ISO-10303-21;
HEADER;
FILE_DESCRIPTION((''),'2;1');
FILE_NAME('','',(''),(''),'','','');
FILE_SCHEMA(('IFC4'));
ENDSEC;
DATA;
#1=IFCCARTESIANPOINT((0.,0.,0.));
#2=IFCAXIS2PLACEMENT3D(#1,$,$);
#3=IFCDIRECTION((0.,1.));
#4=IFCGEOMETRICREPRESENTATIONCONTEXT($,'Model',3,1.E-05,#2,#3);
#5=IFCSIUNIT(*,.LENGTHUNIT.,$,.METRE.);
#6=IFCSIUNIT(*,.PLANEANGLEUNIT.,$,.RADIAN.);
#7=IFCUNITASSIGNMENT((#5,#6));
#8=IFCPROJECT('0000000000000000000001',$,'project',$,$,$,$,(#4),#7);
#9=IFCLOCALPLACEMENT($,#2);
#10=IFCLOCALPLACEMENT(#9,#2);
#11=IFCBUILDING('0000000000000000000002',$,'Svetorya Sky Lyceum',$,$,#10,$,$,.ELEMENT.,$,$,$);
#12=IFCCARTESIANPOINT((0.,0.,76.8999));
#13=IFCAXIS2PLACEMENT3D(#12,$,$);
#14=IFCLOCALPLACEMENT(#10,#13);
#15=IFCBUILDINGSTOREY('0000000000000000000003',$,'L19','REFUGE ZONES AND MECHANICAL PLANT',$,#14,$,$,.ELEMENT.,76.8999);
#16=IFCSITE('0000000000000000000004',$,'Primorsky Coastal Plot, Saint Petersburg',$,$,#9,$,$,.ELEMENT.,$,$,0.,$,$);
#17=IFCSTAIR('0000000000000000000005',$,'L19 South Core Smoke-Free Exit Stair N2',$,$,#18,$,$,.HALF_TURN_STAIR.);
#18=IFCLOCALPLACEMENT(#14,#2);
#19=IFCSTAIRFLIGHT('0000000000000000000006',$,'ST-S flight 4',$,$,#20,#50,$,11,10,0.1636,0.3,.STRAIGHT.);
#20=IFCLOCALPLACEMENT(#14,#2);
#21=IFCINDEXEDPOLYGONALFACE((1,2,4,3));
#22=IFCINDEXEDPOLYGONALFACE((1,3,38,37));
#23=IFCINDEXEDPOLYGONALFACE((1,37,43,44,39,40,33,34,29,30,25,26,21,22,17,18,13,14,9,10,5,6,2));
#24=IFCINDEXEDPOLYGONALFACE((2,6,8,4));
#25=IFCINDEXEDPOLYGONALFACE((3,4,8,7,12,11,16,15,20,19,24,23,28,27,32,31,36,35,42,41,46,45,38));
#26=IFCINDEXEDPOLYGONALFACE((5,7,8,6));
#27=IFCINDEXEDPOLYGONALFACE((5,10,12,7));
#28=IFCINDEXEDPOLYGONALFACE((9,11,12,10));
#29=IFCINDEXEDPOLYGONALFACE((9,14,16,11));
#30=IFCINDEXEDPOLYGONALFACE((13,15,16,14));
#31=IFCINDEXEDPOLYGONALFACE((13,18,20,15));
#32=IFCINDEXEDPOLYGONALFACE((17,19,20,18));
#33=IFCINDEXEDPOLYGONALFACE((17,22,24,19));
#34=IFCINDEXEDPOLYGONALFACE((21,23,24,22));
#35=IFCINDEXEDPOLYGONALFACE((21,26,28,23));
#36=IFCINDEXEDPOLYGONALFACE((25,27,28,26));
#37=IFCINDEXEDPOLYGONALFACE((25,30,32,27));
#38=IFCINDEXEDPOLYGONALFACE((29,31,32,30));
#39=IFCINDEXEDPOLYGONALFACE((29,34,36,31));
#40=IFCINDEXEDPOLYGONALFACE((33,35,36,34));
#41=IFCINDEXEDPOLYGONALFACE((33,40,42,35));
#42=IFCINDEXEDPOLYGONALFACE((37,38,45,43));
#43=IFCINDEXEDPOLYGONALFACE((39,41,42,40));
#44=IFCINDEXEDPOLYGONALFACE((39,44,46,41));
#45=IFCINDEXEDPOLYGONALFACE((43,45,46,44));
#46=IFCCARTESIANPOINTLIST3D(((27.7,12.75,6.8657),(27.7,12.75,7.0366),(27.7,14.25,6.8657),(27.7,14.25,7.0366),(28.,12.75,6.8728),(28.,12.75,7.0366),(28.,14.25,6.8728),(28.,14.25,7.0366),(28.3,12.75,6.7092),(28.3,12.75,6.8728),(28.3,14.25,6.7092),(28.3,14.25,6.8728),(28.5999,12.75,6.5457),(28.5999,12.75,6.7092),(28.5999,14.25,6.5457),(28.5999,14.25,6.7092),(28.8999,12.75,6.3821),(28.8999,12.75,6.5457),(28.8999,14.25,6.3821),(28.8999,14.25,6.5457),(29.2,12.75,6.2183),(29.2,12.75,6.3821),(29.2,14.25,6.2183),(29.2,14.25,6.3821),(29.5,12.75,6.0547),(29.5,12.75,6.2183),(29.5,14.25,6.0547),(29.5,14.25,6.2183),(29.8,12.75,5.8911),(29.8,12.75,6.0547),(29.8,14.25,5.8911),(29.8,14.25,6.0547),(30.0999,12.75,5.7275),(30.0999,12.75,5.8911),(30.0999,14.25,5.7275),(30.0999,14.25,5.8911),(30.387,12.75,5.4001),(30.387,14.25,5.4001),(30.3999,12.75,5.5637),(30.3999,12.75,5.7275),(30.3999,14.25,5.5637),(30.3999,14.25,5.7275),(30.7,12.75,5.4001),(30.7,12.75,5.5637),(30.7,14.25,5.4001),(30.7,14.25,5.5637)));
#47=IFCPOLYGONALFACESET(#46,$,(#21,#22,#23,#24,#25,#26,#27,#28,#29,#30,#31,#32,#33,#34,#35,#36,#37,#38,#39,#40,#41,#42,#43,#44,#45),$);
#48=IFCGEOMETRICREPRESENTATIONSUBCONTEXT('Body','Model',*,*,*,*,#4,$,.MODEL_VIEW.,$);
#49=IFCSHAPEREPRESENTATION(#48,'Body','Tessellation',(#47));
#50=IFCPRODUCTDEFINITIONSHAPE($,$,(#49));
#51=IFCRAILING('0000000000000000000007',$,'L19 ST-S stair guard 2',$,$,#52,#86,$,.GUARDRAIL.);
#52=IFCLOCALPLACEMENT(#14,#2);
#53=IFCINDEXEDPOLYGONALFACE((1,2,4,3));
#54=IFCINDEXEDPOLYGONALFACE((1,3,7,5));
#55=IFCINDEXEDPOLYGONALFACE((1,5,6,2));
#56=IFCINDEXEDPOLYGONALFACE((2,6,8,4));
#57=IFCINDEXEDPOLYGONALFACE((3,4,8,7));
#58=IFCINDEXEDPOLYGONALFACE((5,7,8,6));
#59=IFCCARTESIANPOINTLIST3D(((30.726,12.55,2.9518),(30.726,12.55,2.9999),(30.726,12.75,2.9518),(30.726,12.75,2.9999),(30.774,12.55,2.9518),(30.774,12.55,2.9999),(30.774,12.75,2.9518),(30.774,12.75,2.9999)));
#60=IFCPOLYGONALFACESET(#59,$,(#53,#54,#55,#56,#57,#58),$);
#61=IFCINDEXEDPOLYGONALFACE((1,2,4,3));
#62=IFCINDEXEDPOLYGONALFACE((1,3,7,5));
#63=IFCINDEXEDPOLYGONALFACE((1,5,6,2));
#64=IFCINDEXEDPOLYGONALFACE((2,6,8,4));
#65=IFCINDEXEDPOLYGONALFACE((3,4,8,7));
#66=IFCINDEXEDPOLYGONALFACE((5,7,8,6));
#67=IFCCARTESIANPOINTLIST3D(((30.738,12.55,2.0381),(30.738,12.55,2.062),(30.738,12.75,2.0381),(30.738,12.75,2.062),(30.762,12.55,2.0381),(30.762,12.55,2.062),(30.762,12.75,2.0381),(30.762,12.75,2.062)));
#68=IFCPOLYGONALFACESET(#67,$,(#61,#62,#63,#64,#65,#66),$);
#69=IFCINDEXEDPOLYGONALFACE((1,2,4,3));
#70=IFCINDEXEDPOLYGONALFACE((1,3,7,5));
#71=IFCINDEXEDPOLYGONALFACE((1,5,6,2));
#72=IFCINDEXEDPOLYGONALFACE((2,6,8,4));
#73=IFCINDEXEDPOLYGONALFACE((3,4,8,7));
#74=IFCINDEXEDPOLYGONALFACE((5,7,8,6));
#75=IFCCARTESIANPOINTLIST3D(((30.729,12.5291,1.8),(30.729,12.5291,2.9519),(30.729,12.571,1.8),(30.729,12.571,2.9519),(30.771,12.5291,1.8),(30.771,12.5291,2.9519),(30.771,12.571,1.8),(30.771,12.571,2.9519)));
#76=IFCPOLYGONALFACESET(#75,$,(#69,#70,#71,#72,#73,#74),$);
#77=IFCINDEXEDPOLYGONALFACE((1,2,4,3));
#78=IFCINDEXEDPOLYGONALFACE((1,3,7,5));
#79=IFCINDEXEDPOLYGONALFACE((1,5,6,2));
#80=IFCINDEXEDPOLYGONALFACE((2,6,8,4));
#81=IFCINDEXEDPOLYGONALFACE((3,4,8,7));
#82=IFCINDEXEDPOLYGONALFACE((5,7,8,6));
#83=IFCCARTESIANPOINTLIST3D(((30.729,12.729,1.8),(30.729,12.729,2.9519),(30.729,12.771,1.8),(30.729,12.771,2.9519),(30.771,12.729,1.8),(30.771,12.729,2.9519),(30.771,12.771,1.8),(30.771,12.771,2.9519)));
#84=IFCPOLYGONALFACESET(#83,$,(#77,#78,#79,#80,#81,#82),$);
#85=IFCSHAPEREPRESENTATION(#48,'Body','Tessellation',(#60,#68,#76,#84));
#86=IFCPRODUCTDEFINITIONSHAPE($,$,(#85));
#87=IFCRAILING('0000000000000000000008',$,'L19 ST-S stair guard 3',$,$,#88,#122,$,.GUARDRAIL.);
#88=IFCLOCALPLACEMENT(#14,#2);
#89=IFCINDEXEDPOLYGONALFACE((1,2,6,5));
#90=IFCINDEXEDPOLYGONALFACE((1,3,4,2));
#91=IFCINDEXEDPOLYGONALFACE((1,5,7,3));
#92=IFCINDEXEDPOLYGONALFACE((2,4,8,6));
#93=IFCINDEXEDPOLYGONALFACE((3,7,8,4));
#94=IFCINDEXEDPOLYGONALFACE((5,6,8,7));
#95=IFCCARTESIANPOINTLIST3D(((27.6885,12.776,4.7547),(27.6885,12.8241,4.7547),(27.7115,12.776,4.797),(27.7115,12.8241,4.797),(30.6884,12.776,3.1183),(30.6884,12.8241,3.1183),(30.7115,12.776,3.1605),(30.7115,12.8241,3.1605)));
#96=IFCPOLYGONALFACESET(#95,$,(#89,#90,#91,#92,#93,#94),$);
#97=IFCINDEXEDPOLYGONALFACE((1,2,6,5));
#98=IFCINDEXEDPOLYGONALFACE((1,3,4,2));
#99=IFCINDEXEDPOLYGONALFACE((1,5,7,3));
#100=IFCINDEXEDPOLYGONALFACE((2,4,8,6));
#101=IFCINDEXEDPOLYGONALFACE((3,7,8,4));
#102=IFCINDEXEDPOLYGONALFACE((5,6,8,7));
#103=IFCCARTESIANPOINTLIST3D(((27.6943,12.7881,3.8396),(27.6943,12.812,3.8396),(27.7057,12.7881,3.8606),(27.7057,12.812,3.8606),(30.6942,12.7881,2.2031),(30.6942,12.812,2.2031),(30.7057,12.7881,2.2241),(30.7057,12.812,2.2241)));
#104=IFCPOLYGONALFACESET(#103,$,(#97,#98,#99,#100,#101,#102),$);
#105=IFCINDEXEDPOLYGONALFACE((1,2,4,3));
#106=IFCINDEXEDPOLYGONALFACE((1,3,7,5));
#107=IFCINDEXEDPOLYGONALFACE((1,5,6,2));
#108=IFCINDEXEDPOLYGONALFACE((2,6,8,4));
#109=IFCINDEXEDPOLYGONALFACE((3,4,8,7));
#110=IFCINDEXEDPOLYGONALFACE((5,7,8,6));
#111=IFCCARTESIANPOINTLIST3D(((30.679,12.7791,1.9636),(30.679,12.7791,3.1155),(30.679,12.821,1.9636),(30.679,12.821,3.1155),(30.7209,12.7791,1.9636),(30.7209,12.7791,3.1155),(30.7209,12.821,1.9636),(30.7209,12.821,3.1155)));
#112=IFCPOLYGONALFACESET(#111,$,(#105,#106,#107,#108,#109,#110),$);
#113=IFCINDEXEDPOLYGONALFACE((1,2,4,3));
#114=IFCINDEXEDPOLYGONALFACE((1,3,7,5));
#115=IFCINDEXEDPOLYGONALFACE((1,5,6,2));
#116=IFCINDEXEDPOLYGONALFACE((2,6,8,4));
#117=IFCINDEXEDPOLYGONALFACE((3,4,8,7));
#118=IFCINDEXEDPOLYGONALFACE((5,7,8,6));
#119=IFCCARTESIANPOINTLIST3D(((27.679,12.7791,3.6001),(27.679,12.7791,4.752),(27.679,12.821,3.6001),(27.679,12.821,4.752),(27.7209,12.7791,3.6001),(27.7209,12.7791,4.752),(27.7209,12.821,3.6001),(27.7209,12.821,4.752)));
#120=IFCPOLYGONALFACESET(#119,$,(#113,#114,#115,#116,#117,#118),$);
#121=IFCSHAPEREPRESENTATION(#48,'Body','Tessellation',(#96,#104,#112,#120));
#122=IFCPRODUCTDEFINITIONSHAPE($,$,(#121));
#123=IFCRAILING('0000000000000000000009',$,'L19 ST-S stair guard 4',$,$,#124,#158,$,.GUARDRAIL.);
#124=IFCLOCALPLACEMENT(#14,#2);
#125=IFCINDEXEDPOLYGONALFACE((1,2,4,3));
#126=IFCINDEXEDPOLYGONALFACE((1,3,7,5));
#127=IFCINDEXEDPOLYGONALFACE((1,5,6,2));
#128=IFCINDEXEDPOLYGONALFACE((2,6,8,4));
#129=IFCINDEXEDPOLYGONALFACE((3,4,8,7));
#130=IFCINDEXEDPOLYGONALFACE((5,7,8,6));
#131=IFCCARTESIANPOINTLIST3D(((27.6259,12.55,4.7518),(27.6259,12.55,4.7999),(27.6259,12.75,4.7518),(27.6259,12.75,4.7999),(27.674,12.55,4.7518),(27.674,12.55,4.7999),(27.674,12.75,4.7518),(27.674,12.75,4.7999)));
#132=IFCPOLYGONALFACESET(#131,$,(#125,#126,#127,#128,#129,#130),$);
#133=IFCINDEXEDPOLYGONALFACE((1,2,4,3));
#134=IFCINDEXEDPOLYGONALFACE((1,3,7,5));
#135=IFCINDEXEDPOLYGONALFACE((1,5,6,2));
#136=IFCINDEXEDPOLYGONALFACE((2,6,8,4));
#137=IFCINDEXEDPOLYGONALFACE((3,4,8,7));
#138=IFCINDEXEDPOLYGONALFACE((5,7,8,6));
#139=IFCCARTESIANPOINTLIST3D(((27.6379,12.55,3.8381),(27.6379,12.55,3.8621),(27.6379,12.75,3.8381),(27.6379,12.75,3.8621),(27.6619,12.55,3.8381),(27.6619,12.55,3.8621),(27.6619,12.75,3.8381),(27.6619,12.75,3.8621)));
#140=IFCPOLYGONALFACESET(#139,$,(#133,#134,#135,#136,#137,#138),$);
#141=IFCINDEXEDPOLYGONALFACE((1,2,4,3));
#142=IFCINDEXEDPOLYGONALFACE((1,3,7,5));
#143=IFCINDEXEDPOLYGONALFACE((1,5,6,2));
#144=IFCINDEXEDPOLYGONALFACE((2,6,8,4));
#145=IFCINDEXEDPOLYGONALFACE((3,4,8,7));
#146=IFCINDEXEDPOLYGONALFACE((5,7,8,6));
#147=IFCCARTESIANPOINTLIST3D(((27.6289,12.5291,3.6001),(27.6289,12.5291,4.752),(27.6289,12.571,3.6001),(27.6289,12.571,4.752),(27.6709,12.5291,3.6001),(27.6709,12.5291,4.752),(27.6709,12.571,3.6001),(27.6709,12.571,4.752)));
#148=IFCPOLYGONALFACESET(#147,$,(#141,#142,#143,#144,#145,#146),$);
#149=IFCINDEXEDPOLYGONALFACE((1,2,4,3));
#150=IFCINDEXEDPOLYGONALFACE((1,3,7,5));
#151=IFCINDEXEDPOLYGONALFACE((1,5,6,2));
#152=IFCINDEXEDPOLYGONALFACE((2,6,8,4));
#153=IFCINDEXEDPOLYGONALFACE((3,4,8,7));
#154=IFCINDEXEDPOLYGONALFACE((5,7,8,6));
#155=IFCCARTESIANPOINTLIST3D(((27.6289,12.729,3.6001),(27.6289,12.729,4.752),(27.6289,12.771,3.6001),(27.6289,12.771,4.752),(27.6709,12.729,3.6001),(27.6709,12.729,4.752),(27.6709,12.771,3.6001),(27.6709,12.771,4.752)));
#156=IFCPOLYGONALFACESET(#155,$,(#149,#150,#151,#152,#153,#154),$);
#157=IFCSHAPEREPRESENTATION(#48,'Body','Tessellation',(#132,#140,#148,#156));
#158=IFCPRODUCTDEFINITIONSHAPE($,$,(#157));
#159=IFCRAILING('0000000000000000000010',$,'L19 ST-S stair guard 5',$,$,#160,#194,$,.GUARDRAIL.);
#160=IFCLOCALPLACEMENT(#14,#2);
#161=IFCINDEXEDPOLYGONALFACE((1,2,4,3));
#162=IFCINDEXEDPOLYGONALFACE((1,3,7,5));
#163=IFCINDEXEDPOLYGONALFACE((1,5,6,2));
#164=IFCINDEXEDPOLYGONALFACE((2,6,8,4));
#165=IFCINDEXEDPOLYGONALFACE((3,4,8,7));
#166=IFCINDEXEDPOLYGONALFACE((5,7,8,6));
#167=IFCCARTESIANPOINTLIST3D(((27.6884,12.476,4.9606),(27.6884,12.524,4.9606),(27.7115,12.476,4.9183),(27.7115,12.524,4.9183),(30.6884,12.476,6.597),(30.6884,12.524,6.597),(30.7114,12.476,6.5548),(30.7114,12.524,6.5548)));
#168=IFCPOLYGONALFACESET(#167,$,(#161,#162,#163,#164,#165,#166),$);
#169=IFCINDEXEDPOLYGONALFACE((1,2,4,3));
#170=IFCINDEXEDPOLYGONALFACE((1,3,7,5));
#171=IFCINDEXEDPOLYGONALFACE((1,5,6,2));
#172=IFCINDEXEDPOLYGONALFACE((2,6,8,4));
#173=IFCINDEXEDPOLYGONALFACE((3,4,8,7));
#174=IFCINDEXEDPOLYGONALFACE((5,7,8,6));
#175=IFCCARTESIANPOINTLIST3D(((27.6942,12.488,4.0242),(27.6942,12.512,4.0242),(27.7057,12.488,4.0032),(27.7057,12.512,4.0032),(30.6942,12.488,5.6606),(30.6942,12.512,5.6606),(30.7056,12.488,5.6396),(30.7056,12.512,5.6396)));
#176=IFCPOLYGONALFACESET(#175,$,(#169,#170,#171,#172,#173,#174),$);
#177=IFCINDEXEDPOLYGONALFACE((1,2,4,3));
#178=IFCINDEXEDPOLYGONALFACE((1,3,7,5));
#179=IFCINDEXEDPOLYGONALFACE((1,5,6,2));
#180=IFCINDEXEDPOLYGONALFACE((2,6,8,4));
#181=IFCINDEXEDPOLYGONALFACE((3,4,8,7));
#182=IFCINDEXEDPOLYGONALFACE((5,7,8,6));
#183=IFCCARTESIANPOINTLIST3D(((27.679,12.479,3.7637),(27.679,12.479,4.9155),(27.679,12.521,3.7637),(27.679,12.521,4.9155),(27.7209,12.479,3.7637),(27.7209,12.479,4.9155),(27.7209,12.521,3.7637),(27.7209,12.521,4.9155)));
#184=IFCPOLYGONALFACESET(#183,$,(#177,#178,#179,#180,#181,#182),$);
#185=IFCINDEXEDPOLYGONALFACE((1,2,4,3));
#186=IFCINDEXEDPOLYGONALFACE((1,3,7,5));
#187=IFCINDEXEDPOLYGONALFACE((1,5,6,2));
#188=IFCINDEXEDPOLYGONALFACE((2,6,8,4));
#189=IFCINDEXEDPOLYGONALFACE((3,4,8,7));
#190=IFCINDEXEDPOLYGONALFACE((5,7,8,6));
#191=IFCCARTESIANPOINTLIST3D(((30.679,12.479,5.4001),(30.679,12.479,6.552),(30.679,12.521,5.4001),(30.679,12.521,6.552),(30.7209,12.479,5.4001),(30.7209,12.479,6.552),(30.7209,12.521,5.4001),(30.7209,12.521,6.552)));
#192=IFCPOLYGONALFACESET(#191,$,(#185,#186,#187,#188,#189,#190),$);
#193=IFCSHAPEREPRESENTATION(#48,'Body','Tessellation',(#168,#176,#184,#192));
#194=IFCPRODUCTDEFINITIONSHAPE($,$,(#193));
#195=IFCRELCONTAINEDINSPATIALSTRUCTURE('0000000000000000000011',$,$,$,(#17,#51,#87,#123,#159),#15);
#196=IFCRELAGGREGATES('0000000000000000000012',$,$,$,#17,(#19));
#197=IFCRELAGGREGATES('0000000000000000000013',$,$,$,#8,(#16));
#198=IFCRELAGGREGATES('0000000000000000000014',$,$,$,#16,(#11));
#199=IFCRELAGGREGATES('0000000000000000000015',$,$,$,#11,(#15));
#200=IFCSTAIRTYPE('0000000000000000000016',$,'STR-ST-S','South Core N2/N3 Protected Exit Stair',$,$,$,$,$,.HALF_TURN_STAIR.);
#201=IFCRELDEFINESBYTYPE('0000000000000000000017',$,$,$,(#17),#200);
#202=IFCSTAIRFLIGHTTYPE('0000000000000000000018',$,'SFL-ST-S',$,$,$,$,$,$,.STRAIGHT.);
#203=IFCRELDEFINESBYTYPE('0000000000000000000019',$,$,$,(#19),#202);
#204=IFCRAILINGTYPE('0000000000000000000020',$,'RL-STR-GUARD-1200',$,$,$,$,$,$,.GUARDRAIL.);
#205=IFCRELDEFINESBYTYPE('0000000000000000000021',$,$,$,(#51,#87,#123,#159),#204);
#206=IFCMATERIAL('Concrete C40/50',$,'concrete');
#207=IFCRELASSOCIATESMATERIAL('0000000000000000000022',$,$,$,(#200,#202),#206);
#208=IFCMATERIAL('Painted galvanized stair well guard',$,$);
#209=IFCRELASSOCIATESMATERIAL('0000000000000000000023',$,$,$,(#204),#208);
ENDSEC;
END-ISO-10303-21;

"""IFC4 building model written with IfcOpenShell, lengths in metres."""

from ifc_helpers import new_model, si_unit, direction, frame, origin, origin_2d, place, context, subcontext, project, spatial, polyline, rectangle, outline, extrude, material, type_object, element, aggregate, save


model = new_model("IFC4")

# Units and contexts
model_context = context("Model", 3, precision=1e-05, world=origin(), true_north=direction((0.0, 1.0)))
body_context = subcontext(model_context, "Body", "Model", "MODEL_VIEW")
ifc_project = project(units=[si_unit("LENGTHUNIT", "METRE"), si_unit("PLANEANGLEUNIT", "RADIAN")], contexts=[model_context])

# Site, building, storey
site_placement = place(None, origin())
site = spatial("IfcSite", under=ifc_project, at=site_placement, Name="Primorsky Coastal Plot, Saint Petersburg", CompositionType="ELEMENT", RefElevation=0.0)
building_placement = place(site_placement, origin())
building = spatial("IfcBuilding", under=site, at=building_placement, Name="Svetorya Sky Lyceum", CompositionType="ELEMENT")
storey_placement = place(building_placement, frame((0.0, 0.0, 76.8999)))
storey = spatial("IfcBuildingStorey", under=building, at=storey_placement, Name="L19", Description="REFUGE ZONES AND MECHANICAL PLANT", CompositionType="ELEMENT", Elevation=76.8999)

# Stair, stair flight
ifc_material_1 = material(Name="Concrete C40/50", Category="concrete")
stair_type = type_object("IfcStairType", Name="STR-ST-S", Description="South Core N2/N3 Protected Exit Stair", PredefinedType="HALF_TURN_STAIR", material=ifc_material_1)
stair_placement = place(storey_placement, origin())
stair = element("IfcStair", 1, at=stair_placement, inside=storey, type_object=stair_type, Name="L19 South Core Smoke-Free Exit Stair N2", PredefinedType="HALF_TURN_STAIR")
stair_flight_type = type_object("IfcStairFlightType", Name="SFL-ST-S", PredefinedType="STRAIGHT", material=ifc_material_1)
stair_flight_1_placement = place(storey_placement, frame((30.7, 13.5, 5.4001), z_axis=(0.0, 0.0, 1.0), x_axis=(-1.0, 0.0, 0.0)))
stair_flight_1 = element("IfcStairFlight", 2, at=stair_flight_1_placement, type_object=stair_flight_type, Name="ST-S flight 4", NumberOfRisers=11, NumberOfTreads=10, PredefinedType="STRAIGHT", RiserHeight=0.1636, TreadLength=0.3, context=body_context, shape_type="SweptSolid", body=[
    extrude(outline(polyline([(0.0, 0.0), (0.0, 0.1636), (0.3, 0.1636), (0.3, 0.3274), (0.6001, 0.3274), (0.6001, 0.491), (0.8999, 0.491), (0.8999, 0.6545), (1.2, 0.6545), (1.2, 0.8181), (1.5, 0.8181), (1.5, 0.9819), (1.8, 0.9819), (1.8, 1.1455), (2.1001, 1.1455), (2.1001, 1.3091), (2.3999, 1.3091), (2.3999, 1.4727), (2.7, 1.4727), (2.7, 1.6365), (3.0, 1.6365), (3.0, 1.8), (3.0, 1.4656), (0.313, 0.0), (0.0, 0.0)])), frame((0.0, 0.75, 0.0), z_axis=(0.0, -1.0, 0.0), x_axis=(1.0, 0.0, 0.0)), (0.0, 0.0, 1.0), 1.5),
])
aggregate(stair, [stair_flight_1])

# Railings
ifc_material_2 = material(Name="Painted galvanized stair well guard")
railing_type_1 = type_object("IfcRailingType", Name="RL-STR-GUARD-1200", PredefinedType="GUARDRAIL", material=ifc_material_2)
railing_1_placement = place(storey_placement, frame((30.75, 12.55, 1.8)))
element("IfcRailing", 3, at=railing_1_placement, inside=storey, type_object=railing_type_1, Name="L19 ST-S stair guard 2", PredefinedType="GUARDRAIL", context=body_context, shape_type="SweptSolid", body=[
    extrude(rectangle(XDim=0.0481, YDim=0.0481, at=origin_2d()), frame((0.0, 0.0, 1.1758), z_axis=(0.0, 1.0, 0.0), x_axis=(-1.0, 0.0, 0.0)), (0.0, 0.0, 1.0), 0.2),
    extrude(rectangle(XDim=0.0239, YDim=0.0239, at=origin_2d()), frame((0.0, 0.0, 0.25), z_axis=(0.0, 1.0, 0.0), x_axis=(-1.0, 0.0, 0.0)), (0.0, 0.0, 1.0), 0.2),
    extrude(rectangle(XDim=0.042, YDim=0.042, at=origin_2d()), origin(), (0.0, 0.0, 1.0), 1.1519),
    extrude(rectangle(XDim=0.042, YDim=0.042, at=origin_2d()), frame((0.0, 0.2, 0.0)), (0.0, 0.0, 1.0), 1.1519),
])
railing_2_placement = place(storey_placement, frame((30.7, 12.8, 1.9636)))
element("IfcRailing", 4, at=railing_2_placement, inside=storey, type_object=railing_type_1, Name="L19 ST-S stair guard 3", PredefinedType="GUARDRAIL", context=body_context, shape_type="SweptSolid", body=[
    extrude(rectangle(XDim=0.0481, YDim=0.0481, at=origin_2d()), frame((0.0, 0.0, 1.1758), z_axis=(-0.877882, 0.0, 0.478877), x_axis=(0.0, -1.0, 0.0)), (0.0, 0.0, 1.0), 3.4172),
    extrude(rectangle(XDim=0.0239, YDim=0.0239, at=origin_2d()), frame((0.0, 0.0, 0.25), z_axis=(-0.877882, 0.0, 0.478877), x_axis=(0.0, -1.0, 0.0)), (0.0, 0.0, 1.0), 3.4172),
    extrude(rectangle(XDim=0.042, YDim=0.042, at=origin_2d()), origin(), (0.0, 0.0, 1.0), 1.1519),
    extrude(rectangle(XDim=0.042, YDim=0.042, at=origin_2d()), frame((-3.0, 0.0, 1.6365)), (0.0, 0.0, 1.0), 1.1519),
])
railing_3_placement = place(storey_placement, frame((27.6499, 12.55, 3.6001)))
element("IfcRailing", 5, at=railing_3_placement, inside=storey, type_object=railing_type_1, Name="L19 ST-S stair guard 4", PredefinedType="GUARDRAIL", context=body_context, shape_type="SweptSolid", body=[
    extrude(rectangle(XDim=0.0481, YDim=0.0481, at=origin_2d()), frame((0.0, 0.0, 1.1758), z_axis=(0.0, 1.0, 0.0), x_axis=(-1.0, 0.0, 0.0)), (0.0, 0.0, 1.0), 0.2),
    extrude(rectangle(XDim=0.0239, YDim=0.0239, at=origin_2d()), frame((0.0, 0.0, 0.25), z_axis=(0.0, 1.0, 0.0), x_axis=(-1.0, 0.0, 0.0)), (0.0, 0.0, 1.0), 0.2),
    extrude(rectangle(XDim=0.042, YDim=0.042, at=origin_2d()), origin(), (0.0, 0.0, 1.0), 1.1519),
    extrude(rectangle(XDim=0.042, YDim=0.042, at=origin_2d()), frame((0.0, 0.2, 0.0)), (0.0, 0.0, 1.0), 1.1519),
])
railing_4_placement = place(storey_placement, frame((27.7, 12.5, 3.7637)))
element("IfcRailing", 6, at=railing_4_placement, inside=storey, type_object=railing_type_1, Name="L19 ST-S stair guard 5", PredefinedType="GUARDRAIL", context=body_context, shape_type="SweptSolid", body=[
    extrude(rectangle(XDim=0.0481, YDim=0.0481, at=origin_2d()), frame((0.0, 0.0, 1.1758), z_axis=(0.877882, 0.0, 0.478877), x_axis=(0.0, 1.0, 0.0)), (0.0, 0.0, 1.0), 3.4172),
    extrude(rectangle(XDim=0.0239, YDim=0.0239, at=origin_2d()), frame((0.0, 0.0, 0.25), z_axis=(0.877882, 0.0, 0.478877), x_axis=(0.0, 1.0, 0.0)), (0.0, 0.0, 1.0), 3.4172),
    extrude(rectangle(XDim=0.042, YDim=0.042, at=origin_2d()), origin(), (0.0, 0.0, 1.0), 1.1519),
    extrude(rectangle(XDim=0.042, YDim=0.042, at=origin_2d()), frame((3.0, 0.0, 1.6365)), (0.0, 0.0, 1.0), 1.1519),
])

save(model, "model.ifc")
